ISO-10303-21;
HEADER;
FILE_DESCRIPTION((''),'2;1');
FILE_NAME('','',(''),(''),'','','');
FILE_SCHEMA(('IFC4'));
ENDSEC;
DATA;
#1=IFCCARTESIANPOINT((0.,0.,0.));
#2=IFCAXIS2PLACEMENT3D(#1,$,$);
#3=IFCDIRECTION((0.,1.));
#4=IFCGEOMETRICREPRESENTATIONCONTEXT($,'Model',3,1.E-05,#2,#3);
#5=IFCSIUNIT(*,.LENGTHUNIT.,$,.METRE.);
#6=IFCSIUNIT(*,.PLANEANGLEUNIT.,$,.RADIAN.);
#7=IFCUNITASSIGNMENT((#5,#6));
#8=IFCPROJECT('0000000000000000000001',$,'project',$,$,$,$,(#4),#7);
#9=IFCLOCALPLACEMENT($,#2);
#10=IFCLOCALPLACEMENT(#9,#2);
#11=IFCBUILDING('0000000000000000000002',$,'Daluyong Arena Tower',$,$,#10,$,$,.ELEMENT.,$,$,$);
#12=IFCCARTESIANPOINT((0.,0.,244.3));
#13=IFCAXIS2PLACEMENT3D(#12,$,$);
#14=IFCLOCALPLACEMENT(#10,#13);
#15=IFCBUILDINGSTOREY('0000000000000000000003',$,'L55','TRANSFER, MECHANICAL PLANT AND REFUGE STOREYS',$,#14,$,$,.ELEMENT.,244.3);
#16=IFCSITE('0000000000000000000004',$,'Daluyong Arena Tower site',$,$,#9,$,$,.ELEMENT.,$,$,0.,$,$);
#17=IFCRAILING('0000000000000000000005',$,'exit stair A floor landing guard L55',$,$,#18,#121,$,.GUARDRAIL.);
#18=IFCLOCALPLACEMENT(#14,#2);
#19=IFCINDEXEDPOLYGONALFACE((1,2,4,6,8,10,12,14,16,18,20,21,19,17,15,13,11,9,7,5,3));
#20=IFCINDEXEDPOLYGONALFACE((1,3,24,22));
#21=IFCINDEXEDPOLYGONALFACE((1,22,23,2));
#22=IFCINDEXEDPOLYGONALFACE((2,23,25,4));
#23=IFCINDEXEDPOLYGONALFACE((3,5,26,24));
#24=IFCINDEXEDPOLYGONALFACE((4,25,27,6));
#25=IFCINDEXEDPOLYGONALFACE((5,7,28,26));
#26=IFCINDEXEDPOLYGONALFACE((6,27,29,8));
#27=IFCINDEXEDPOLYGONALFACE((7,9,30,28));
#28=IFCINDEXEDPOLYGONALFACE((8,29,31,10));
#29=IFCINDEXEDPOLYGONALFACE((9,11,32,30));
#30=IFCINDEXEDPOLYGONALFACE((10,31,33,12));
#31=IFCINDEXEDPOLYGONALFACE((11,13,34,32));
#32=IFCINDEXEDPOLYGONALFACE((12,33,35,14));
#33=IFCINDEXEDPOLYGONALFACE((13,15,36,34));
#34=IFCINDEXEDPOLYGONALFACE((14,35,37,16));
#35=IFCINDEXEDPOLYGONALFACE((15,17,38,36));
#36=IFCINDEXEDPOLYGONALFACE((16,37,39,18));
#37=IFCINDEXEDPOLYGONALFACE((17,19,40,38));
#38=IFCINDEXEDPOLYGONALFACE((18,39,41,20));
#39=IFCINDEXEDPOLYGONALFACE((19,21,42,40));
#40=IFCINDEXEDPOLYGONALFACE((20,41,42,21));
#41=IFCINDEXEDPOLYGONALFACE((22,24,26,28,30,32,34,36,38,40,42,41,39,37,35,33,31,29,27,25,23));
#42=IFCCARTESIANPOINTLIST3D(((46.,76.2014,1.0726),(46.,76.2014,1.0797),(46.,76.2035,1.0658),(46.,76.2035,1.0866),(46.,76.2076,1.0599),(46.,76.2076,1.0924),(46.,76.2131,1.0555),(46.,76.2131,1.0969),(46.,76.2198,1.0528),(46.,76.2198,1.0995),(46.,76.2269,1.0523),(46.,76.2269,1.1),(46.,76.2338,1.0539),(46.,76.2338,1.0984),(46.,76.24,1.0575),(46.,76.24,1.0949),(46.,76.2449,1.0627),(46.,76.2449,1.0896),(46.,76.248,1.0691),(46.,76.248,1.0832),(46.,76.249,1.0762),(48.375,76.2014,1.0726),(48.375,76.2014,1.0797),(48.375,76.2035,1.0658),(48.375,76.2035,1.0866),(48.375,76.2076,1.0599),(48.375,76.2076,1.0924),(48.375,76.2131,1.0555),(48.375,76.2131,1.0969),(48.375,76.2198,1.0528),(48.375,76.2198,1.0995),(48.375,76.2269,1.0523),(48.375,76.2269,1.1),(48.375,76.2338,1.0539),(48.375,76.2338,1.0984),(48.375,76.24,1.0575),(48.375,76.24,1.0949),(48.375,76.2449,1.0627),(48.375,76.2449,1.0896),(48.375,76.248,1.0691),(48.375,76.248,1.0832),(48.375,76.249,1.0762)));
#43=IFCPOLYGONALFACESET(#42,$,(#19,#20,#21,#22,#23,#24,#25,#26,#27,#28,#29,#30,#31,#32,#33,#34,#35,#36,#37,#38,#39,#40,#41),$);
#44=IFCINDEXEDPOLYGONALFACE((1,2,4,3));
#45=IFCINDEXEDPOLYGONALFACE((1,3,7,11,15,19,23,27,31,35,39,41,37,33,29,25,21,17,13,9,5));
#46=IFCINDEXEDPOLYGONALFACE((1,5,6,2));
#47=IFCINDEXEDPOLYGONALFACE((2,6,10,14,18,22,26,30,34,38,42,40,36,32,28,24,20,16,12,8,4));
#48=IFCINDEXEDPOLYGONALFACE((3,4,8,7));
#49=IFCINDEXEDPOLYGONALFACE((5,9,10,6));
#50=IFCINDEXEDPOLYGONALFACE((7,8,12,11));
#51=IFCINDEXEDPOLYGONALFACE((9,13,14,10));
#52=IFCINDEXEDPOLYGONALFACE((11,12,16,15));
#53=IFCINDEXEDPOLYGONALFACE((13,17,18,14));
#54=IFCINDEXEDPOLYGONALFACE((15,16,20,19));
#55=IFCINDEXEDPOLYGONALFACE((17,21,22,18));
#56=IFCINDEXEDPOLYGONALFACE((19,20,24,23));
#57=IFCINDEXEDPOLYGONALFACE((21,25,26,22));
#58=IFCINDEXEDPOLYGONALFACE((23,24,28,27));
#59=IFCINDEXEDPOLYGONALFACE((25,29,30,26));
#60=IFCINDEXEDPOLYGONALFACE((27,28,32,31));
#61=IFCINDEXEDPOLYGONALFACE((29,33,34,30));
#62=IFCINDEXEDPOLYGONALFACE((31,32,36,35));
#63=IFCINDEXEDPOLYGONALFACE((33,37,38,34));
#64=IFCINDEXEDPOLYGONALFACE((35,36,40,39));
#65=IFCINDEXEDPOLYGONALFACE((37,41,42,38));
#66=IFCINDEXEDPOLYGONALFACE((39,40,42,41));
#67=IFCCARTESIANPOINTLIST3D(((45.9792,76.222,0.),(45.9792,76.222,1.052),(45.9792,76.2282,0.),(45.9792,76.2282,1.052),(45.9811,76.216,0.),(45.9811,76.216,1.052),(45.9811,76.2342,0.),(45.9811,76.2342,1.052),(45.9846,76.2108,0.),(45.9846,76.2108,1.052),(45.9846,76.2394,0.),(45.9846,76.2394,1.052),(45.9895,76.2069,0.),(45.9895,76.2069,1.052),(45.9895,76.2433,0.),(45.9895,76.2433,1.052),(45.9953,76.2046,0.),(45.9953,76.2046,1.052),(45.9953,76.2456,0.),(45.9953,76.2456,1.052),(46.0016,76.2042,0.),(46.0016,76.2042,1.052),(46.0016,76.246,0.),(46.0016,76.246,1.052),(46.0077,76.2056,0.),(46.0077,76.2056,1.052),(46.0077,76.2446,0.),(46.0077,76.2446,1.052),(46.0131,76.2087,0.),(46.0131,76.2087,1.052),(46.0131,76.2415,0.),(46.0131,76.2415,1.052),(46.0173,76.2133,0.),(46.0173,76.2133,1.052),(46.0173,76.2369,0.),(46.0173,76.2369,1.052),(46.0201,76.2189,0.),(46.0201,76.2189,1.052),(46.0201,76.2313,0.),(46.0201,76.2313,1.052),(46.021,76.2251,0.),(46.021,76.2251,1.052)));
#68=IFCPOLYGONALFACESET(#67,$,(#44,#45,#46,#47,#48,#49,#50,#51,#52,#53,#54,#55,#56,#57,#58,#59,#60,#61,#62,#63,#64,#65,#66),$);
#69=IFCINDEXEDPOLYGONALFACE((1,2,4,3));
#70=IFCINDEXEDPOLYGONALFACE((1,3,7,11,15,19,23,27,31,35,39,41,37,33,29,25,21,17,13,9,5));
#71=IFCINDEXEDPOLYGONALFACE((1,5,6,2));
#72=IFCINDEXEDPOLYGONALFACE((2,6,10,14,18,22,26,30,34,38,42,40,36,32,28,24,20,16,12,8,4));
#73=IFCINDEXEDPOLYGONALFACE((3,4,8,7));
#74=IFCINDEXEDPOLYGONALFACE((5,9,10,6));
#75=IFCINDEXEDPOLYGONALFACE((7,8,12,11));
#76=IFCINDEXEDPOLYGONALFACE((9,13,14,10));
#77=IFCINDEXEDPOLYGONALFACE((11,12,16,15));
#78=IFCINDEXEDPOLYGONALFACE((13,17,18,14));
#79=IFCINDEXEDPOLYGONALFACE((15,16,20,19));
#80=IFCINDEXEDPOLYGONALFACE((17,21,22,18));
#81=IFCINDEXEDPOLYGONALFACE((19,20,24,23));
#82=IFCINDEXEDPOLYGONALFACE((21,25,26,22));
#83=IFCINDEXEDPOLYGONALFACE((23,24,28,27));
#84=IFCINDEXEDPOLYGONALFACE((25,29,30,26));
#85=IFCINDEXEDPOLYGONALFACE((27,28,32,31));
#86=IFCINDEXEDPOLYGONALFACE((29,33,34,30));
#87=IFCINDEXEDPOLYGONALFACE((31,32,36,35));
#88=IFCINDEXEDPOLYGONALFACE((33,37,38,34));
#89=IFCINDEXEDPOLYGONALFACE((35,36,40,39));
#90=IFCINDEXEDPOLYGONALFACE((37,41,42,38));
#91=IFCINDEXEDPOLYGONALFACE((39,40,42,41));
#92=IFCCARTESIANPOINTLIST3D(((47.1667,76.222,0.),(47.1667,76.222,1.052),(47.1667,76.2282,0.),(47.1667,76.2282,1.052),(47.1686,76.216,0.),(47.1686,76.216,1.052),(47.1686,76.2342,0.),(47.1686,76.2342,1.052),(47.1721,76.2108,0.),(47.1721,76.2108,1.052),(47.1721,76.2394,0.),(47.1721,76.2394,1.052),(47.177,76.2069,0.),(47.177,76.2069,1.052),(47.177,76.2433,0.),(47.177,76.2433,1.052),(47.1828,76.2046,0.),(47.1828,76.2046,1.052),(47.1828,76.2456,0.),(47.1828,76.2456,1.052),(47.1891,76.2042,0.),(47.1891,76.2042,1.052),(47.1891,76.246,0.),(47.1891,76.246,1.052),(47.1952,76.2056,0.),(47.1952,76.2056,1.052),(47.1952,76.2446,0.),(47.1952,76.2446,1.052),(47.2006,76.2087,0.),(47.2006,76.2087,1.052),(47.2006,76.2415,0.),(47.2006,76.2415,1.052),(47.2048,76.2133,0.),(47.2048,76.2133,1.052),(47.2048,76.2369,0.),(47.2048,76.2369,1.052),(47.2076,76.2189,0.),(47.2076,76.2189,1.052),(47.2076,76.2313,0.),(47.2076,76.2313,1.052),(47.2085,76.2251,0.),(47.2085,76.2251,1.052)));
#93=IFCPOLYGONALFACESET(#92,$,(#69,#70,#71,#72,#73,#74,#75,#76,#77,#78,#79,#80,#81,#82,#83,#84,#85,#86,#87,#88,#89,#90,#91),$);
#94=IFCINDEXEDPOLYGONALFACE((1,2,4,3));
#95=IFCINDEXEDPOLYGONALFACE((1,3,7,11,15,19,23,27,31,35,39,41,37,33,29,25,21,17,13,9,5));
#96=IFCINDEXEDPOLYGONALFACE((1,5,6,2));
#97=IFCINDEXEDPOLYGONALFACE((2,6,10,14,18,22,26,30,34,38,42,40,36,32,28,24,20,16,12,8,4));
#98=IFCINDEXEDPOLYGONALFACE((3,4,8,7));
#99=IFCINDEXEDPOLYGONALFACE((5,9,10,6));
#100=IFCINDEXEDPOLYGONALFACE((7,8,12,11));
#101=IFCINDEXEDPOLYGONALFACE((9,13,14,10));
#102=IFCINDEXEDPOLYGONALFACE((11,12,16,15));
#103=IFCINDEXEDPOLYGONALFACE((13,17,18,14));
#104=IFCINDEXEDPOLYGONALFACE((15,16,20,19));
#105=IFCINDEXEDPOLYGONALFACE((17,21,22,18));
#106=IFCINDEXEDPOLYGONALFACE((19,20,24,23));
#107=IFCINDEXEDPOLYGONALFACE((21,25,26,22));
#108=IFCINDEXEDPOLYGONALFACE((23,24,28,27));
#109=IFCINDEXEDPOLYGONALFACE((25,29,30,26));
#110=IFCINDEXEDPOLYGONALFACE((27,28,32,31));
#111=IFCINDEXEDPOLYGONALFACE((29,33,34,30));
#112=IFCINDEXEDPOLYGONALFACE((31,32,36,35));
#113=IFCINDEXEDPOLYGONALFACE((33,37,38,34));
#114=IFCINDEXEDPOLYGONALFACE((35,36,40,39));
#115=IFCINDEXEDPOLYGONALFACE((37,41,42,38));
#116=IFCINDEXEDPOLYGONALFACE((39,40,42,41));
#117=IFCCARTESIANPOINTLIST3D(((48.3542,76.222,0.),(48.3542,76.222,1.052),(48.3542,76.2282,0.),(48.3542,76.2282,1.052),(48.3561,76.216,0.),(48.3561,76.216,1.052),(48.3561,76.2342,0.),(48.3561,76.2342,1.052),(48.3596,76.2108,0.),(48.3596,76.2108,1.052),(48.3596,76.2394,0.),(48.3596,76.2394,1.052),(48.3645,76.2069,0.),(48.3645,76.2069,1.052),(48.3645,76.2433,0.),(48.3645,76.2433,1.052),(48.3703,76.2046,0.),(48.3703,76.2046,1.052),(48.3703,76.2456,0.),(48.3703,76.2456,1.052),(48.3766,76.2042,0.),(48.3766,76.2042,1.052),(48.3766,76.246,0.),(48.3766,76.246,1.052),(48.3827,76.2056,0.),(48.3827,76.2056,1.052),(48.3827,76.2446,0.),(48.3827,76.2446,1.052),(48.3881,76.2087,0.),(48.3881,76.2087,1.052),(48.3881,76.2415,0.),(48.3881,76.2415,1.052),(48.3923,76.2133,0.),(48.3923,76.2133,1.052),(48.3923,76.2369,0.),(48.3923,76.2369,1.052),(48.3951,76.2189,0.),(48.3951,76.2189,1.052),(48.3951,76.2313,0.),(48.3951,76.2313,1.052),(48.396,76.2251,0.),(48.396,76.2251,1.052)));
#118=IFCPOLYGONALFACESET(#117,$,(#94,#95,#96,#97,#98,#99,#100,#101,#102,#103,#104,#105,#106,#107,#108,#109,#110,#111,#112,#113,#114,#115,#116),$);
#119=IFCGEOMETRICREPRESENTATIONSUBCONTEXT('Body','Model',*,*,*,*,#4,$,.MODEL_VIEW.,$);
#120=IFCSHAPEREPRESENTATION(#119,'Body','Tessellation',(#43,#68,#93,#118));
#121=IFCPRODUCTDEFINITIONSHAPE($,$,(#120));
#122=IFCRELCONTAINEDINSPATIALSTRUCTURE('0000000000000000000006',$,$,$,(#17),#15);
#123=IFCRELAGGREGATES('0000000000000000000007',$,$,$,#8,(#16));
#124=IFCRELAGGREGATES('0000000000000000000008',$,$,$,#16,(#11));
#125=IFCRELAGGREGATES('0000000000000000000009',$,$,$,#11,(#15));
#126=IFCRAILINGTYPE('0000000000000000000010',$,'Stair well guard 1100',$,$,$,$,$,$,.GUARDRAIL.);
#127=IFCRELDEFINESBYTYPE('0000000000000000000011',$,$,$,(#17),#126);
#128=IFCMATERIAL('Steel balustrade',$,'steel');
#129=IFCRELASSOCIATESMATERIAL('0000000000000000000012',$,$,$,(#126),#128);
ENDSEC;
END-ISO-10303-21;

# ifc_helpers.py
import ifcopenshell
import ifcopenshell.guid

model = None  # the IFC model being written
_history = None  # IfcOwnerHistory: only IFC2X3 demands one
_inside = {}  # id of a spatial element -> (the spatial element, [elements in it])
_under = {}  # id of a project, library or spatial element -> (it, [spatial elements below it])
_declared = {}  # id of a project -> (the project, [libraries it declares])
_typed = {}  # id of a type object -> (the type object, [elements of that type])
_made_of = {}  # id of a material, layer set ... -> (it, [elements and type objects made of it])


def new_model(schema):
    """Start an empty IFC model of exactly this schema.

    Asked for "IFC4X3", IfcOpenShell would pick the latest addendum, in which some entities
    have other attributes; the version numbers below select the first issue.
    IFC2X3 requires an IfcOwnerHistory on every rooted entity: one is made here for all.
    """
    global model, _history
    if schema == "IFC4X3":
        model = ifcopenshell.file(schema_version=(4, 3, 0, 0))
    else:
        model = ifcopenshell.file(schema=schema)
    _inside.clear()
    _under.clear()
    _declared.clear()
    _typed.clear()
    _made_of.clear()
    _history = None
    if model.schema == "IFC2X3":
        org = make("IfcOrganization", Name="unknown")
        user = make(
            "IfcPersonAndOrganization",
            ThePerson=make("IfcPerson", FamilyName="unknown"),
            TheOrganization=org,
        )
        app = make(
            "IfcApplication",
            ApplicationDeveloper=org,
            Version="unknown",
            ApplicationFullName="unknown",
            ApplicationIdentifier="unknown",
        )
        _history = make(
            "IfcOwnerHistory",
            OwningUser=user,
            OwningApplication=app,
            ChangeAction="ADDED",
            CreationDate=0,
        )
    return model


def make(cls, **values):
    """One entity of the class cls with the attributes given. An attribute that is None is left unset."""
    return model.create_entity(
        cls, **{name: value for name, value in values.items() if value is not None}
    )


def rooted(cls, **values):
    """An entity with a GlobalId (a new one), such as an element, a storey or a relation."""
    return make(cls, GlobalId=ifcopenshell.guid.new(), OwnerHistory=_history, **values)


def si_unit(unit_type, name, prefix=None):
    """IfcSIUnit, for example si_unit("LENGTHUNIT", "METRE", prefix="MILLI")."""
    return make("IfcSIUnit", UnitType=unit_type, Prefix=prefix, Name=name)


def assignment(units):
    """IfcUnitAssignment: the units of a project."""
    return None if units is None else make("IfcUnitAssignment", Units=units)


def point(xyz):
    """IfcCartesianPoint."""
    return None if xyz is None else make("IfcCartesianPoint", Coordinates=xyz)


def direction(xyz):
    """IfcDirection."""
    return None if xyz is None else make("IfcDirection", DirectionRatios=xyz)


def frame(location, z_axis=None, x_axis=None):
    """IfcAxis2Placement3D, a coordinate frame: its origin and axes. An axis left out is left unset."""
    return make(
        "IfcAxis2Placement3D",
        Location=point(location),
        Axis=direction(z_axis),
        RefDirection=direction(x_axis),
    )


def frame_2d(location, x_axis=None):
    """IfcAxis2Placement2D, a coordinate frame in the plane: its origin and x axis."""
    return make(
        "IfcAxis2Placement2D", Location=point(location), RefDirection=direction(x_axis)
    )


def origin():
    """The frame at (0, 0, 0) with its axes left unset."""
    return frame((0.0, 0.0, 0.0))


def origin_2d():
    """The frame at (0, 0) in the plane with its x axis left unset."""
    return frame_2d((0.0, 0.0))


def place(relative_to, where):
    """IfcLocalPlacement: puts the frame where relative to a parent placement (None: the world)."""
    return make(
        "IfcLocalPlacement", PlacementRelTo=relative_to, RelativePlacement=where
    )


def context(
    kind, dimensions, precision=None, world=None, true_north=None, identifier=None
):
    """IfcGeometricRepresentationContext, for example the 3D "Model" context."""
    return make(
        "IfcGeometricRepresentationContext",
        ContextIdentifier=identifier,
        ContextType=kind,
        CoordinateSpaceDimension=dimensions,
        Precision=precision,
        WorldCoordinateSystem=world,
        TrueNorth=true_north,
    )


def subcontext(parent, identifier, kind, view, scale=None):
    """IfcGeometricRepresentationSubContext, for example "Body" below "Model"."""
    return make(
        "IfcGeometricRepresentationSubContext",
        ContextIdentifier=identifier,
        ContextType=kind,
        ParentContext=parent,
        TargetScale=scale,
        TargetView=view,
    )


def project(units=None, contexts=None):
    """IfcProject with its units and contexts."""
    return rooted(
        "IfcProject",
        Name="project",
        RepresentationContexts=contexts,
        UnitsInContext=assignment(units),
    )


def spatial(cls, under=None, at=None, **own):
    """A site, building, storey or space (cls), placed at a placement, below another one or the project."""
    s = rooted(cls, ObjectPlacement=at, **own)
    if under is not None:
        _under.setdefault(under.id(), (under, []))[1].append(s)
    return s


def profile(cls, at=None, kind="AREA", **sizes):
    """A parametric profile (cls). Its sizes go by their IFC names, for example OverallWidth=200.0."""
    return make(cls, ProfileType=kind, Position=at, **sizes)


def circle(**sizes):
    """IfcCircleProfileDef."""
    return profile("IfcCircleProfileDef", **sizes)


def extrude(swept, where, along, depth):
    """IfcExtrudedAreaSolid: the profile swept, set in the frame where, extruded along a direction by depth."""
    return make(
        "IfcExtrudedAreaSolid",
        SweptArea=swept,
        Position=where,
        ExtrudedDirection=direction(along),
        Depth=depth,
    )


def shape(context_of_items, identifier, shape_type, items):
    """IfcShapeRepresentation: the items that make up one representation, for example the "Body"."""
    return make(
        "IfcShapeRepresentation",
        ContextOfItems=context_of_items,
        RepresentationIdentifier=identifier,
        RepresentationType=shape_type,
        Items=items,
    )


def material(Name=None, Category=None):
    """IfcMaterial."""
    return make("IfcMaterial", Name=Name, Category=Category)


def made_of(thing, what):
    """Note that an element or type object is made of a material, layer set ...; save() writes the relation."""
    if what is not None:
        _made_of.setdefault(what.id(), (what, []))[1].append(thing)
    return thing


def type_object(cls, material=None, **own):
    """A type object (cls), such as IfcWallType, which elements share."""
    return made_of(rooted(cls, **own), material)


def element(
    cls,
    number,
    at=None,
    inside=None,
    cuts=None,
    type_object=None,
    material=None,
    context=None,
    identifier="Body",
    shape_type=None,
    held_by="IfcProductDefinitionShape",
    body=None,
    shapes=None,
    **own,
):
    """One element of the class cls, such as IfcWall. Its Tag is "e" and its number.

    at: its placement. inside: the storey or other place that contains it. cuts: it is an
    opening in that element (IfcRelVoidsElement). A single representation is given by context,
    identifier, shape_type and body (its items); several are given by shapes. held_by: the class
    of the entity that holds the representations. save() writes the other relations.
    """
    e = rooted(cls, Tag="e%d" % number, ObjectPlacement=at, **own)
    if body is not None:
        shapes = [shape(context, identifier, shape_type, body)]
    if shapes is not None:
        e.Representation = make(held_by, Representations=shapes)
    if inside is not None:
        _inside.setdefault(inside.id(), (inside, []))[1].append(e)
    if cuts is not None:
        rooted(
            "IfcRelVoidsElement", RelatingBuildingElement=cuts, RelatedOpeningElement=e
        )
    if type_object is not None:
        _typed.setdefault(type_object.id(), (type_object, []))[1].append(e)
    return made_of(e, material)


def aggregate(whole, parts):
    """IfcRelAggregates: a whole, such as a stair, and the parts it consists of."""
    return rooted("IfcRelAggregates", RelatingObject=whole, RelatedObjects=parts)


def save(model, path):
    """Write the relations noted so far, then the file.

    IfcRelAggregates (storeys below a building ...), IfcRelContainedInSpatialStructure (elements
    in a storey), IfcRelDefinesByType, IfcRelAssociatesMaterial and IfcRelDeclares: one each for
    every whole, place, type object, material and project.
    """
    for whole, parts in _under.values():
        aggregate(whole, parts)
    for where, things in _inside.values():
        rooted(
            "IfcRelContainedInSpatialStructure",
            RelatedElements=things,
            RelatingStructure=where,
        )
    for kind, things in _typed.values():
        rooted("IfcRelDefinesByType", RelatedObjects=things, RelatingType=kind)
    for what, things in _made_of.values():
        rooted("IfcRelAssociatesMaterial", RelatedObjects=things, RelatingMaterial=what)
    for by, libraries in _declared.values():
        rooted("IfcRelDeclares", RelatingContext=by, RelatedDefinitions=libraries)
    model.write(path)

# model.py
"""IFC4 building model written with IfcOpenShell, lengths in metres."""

from ifc_helpers import new_model, si_unit, direction, frame, origin, origin_2d, place, context, subcontext, project, spatial, circle, extrude, material, type_object, element, save


model = new_model("IFC4")

# Units and contexts
model_context = context("Model", 3, precision=1e-05, world=origin(), true_north=direction((0.0, 1.0)))
body_context = subcontext(model_context, "Body", "Model", "MODEL_VIEW")
ifc_project = project(units=[si_unit("LENGTHUNIT", "METRE"), si_unit("PLANEANGLEUNIT", "RADIAN")], contexts=[model_context])

# Site, building, storey
site_placement = place(None, origin())
site = spatial("IfcSite", under=ifc_project, at=site_placement, Name="Daluyong Arena Tower site", CompositionType="ELEMENT", RefElevation=0.0)
building_placement = place(site_placement, origin())
building = spatial("IfcBuilding", under=site, at=building_placement, Name="Daluyong Arena Tower", CompositionType="ELEMENT")
storey_placement = place(building_placement, frame((0.0, 0.0, 244.3)))
storey = spatial("IfcBuildingStorey", under=building, at=storey_placement, Name="L55", Description="TRANSFER, MECHANICAL PLANT AND REFUGE STOREYS", CompositionType="ELEMENT", Elevation=244.3)

# Railing
ifc_material_1 = material(Name="Steel balustrade", Category="steel")
railing_type_1 = type_object("IfcRailingType", Name="Stair well guard 1100", PredefinedType="GUARDRAIL", material=ifc_material_1)
railing_1_placement = place(storey_placement, frame((46.0, 76.2251, 0.0)))
element("IfcRailing", 1, at=railing_1_placement, inside=storey, type_object=railing_type_1, Name="exit stair A floor landing guard L55", PredefinedType="GUARDRAIL", context=body_context, shape_type="SweptSolid", body=[
    extrude(circle(Radius=0.0239, at=origin_2d()), frame((0.0, 0.0, 1.0762), z_axis=(1.0, 0.0, 0.0), x_axis=(0.0, 1.0, 0.0)), (0.0, 0.0, 1.0), 2.375),
    extrude(circle(Radius=0.021, at=origin_2d()), origin(), (0.0, 0.0, 1.0), 1.052),
    extrude(circle(Radius=0.021, at=origin_2d()), frame((1.1875, 0.0, 0.0)), (0.0, 0.0, 1.0), 1.052),
    extrude(circle(Radius=0.021, at=origin_2d()), frame((2.375, 0.0, 0.0)), (0.0, 0.0, 1.0), 1.052),
])

save(model, "model.ifc")
